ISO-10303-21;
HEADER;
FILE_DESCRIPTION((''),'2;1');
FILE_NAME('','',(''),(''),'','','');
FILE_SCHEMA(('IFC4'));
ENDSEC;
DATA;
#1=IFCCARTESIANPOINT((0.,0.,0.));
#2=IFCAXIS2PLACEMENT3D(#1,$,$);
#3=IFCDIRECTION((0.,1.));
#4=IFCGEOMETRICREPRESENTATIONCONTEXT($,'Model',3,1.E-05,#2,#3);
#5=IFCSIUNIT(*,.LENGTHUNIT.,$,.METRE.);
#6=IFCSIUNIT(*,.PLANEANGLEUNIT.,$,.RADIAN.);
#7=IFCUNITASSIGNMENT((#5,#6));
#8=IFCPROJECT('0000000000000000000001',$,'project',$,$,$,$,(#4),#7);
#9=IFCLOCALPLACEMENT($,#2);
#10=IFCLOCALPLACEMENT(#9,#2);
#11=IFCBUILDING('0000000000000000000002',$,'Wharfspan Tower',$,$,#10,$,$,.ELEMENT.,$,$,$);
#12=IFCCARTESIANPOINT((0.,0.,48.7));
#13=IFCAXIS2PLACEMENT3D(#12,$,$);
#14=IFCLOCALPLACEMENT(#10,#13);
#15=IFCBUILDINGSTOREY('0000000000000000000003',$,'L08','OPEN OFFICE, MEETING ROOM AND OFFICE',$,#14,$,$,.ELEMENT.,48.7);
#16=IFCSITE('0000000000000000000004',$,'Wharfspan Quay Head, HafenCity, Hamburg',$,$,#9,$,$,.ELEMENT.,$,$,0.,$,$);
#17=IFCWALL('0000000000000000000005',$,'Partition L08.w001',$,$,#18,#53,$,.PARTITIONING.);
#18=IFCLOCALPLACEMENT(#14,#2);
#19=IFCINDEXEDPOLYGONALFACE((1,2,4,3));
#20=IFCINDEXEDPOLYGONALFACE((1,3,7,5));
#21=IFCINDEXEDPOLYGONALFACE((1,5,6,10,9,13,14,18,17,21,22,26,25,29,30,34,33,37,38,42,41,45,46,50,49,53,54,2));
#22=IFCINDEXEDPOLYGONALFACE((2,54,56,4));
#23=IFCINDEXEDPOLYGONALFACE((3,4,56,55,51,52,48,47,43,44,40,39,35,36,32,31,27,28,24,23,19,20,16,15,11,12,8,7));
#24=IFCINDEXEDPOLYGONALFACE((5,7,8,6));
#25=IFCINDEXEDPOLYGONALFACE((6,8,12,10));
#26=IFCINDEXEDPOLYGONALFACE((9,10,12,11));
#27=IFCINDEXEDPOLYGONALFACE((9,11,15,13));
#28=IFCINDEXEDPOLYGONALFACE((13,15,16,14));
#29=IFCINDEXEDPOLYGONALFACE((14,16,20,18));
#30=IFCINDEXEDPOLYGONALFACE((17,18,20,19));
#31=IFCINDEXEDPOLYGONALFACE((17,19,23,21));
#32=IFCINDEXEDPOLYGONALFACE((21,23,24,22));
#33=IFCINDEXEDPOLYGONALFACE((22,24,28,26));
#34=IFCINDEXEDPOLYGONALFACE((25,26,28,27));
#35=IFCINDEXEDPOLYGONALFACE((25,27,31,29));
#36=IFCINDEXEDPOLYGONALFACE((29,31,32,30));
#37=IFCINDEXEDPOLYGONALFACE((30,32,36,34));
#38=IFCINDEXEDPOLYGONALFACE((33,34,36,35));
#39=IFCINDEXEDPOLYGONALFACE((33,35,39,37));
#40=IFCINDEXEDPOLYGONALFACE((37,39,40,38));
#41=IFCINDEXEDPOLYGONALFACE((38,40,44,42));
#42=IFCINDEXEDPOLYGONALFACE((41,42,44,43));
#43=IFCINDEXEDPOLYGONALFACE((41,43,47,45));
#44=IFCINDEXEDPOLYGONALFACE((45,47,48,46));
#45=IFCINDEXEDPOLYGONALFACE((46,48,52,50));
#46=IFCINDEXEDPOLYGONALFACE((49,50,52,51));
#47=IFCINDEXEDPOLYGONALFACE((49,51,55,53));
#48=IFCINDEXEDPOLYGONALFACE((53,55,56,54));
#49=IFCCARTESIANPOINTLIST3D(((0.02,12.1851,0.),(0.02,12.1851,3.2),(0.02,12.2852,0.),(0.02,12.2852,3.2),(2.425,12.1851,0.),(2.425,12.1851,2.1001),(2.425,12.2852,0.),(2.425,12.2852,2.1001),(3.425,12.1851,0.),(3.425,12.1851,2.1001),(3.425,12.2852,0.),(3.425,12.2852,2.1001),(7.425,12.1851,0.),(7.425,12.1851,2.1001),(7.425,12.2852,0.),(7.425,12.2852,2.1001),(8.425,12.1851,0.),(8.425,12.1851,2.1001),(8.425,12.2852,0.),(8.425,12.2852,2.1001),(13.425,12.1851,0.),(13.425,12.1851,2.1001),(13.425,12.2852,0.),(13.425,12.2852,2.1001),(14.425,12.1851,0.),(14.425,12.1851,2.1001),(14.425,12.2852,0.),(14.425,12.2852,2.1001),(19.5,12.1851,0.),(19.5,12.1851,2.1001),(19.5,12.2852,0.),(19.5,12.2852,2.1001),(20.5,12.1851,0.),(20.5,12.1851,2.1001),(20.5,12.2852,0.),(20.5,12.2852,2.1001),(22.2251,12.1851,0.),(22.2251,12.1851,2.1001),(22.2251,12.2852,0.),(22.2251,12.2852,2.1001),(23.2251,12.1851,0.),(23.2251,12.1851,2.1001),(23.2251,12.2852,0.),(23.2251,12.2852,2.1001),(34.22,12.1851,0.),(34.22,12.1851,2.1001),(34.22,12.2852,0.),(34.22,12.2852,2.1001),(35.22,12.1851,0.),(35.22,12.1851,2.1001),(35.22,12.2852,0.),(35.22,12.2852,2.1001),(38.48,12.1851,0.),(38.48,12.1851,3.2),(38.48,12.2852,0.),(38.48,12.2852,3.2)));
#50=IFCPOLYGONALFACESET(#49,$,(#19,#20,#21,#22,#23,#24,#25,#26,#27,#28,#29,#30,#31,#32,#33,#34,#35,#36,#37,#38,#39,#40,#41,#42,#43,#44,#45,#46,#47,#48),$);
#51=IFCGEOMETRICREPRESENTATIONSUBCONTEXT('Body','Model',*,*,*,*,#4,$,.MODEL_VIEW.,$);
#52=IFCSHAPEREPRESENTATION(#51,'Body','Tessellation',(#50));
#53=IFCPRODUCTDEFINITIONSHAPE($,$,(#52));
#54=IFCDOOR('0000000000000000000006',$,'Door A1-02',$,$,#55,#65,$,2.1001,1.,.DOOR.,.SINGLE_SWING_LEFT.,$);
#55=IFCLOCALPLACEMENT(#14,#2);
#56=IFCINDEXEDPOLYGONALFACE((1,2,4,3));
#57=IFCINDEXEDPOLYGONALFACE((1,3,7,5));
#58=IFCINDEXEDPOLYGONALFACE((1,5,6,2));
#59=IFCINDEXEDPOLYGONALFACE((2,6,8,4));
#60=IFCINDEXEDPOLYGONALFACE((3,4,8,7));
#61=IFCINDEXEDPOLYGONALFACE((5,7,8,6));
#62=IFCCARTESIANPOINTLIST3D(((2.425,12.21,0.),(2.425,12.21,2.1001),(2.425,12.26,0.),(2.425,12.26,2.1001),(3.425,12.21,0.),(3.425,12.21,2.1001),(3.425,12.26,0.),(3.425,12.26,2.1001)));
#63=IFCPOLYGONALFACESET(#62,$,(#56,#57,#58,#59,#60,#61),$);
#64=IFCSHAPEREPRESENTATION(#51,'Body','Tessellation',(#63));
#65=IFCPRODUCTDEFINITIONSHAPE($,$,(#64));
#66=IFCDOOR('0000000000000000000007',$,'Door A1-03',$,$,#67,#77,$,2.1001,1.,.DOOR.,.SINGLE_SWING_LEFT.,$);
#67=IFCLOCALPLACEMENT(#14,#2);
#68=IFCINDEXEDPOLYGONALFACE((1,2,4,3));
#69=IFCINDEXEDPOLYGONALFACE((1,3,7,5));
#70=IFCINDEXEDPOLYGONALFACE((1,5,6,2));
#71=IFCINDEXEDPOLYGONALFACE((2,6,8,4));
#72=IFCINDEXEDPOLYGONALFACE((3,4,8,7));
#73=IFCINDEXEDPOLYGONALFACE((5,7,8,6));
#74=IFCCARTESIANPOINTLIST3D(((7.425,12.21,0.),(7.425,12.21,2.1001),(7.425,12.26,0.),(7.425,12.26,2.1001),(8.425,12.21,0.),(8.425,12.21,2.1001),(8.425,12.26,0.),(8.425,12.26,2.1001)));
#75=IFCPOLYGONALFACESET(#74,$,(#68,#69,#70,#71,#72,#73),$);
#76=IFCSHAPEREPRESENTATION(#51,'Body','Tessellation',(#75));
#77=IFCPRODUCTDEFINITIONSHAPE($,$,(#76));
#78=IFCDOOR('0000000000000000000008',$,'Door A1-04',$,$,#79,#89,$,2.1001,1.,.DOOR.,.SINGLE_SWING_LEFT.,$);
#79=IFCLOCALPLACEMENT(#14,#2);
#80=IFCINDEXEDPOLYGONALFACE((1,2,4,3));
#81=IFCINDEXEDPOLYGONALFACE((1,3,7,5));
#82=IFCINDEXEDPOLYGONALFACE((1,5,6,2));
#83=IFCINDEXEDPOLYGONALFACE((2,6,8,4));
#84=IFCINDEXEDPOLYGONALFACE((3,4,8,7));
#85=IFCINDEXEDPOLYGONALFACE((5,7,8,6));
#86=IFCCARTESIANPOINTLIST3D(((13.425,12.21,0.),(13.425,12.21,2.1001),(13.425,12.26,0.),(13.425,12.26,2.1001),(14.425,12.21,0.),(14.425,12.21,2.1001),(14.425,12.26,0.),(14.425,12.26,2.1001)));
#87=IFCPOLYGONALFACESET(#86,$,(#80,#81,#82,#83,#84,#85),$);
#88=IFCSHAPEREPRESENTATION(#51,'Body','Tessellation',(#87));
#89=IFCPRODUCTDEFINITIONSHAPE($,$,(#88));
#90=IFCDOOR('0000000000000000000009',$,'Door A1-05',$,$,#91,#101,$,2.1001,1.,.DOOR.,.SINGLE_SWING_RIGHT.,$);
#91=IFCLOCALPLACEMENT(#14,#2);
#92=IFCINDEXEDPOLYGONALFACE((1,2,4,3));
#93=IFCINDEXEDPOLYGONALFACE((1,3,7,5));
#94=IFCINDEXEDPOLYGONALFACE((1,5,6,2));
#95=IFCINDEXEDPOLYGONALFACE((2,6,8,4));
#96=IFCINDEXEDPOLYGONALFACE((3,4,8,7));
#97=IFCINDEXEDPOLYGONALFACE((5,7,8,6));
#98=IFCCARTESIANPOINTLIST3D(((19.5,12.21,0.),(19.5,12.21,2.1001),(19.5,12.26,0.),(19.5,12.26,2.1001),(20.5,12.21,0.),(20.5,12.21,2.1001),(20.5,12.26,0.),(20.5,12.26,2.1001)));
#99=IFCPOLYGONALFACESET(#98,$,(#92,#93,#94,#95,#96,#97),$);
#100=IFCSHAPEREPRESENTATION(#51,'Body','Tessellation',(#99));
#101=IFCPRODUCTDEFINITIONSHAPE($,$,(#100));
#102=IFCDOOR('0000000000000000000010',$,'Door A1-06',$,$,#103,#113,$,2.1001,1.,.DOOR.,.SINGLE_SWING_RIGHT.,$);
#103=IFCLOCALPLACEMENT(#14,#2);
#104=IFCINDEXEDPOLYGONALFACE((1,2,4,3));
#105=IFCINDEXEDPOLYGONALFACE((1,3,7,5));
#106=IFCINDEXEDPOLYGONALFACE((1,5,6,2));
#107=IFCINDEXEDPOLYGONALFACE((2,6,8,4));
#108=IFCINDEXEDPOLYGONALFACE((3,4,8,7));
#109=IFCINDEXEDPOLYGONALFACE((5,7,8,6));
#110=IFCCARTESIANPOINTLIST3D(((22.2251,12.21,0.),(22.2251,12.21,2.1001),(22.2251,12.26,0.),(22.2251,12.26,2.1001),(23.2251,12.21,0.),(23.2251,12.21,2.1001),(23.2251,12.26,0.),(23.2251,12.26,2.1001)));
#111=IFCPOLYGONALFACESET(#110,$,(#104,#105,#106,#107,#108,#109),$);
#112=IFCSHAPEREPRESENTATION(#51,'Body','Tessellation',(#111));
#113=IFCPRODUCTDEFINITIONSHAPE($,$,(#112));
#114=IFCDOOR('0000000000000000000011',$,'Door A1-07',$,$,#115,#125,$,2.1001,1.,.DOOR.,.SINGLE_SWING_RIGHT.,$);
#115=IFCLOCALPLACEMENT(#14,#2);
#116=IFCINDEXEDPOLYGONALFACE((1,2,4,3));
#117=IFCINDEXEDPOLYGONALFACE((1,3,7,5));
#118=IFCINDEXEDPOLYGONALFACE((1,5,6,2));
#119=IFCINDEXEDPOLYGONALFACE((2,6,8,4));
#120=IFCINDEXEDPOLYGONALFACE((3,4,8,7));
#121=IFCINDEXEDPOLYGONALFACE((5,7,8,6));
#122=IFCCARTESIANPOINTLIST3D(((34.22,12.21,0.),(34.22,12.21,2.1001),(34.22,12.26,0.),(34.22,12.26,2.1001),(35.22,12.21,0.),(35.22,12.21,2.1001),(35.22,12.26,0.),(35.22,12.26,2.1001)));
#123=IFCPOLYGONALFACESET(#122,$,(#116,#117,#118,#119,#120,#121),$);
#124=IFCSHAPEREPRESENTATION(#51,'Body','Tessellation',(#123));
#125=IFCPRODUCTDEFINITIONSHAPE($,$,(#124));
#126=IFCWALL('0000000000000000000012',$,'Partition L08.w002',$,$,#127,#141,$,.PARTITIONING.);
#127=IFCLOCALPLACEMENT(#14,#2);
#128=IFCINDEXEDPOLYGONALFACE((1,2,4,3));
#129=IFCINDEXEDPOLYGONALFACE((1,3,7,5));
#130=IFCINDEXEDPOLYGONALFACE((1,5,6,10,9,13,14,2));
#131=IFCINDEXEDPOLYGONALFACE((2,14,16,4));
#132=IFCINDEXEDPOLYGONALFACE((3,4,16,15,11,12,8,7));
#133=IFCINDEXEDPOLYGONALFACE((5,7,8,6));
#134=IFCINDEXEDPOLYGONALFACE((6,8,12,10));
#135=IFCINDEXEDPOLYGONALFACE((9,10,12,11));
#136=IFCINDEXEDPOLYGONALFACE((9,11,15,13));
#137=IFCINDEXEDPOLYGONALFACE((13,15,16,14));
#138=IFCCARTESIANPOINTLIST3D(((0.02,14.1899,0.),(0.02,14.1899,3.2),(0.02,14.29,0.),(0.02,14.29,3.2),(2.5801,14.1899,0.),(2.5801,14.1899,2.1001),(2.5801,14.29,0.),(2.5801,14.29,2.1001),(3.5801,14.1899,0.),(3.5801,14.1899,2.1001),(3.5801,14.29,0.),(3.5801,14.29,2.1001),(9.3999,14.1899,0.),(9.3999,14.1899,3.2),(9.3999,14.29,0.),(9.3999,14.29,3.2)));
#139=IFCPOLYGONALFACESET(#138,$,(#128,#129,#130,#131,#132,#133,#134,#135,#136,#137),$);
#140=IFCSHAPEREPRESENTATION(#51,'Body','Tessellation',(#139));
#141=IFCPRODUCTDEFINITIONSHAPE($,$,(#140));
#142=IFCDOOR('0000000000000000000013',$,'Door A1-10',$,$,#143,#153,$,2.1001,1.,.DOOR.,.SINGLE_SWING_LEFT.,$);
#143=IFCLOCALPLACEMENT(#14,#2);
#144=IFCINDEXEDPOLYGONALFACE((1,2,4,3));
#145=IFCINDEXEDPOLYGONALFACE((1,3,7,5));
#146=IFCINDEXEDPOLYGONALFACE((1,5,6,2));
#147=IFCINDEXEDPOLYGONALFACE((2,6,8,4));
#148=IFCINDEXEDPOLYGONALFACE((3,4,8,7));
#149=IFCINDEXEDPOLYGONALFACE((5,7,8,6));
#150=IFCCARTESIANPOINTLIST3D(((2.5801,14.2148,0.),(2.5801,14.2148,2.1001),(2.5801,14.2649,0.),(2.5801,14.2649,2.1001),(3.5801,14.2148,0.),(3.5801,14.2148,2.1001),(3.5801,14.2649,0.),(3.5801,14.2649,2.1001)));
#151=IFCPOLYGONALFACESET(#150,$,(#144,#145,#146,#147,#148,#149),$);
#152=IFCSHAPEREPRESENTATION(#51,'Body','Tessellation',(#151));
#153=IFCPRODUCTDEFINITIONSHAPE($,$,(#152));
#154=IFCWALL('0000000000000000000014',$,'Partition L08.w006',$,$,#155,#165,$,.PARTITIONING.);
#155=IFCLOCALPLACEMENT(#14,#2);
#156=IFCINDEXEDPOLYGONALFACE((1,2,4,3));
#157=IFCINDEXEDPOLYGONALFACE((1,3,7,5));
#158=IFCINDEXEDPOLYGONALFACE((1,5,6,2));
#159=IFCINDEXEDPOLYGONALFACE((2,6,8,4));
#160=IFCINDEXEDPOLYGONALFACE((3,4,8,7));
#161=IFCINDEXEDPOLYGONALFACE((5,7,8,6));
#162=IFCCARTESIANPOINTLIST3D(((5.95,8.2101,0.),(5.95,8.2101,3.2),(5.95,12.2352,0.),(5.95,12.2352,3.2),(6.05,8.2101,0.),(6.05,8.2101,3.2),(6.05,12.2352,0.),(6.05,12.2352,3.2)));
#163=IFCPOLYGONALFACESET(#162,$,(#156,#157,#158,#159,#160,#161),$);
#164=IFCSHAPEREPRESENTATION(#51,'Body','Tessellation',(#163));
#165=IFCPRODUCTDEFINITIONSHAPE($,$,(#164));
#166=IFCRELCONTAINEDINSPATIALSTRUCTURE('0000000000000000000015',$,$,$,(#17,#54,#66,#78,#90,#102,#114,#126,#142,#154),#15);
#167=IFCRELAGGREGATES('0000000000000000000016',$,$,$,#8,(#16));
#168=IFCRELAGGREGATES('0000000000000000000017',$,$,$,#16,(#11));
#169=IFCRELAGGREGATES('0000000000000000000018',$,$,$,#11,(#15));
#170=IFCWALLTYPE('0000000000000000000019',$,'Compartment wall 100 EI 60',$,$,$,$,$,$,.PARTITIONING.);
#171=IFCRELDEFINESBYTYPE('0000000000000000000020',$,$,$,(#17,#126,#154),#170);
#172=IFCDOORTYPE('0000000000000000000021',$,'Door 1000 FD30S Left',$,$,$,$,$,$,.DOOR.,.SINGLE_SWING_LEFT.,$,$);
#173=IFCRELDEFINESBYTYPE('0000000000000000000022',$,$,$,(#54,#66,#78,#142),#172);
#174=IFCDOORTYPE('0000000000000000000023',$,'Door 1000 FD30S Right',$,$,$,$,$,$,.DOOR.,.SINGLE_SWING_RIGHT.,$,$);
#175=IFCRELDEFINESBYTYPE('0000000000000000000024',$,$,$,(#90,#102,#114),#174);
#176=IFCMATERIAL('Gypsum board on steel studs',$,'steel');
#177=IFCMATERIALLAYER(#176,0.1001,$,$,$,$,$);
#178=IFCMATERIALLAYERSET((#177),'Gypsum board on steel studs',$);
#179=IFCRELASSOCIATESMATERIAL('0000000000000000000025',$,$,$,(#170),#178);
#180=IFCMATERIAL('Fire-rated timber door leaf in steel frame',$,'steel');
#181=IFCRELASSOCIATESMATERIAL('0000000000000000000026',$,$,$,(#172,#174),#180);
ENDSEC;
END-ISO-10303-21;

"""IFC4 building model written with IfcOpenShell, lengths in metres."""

from ifc_helpers import new_model, si_unit, direction, frame, frame_2d, origin, place, context, subcontext, project, spatial, rectangle, extrude, material, layer, layer_set, type_object, element, fill, save


model = new_model("IFC4")

# Units and contexts
model_context = context("Model", 3, precision=1e-05, world=origin(), true_north=direction((0.0, 1.0)))
body_context = subcontext(model_context, "Body", "Model", "MODEL_VIEW")
ifc_project = project(units=[si_unit("LENGTHUNIT", "METRE"), si_unit("PLANEANGLEUNIT", "RADIAN")], contexts=[model_context])

# Site, building, storey
site_placement = place(None, origin())
site = spatial("IfcSite", under=ifc_project, at=site_placement, Name="Wharfspan Quay Head, HafenCity, Hamburg", CompositionType="ELEMENT", RefElevation=0.0)
building_placement = place(site_placement, origin())
building = spatial("IfcBuilding", under=site, at=building_placement, Name="Wharfspan Tower", CompositionType="ELEMENT")
storey_placement = place(building_placement, frame((0.0, 0.0, 48.7)))
storey = spatial("IfcBuildingStorey", under=building, at=storey_placement, Name="L08", Description="OPEN OFFICE, MEETING ROOM AND OFFICE", CompositionType="ELEMENT", Elevation=48.7)

# Wall, openings, doors
ifc_material_1 = material(Name="Gypsum board on steel studs", Category="steel")
ifc_layer_1 = layer(ifc_material_1, 0.1001)
ifc_layer_set_1 = layer_set([ifc_layer_1], Name="Gypsum board on steel studs")
wall_type_1 = type_object("IfcWallType", Name="Compartment wall 100 EI 60", PredefinedType="PARTITIONING", material=ifc_layer_set_1)
wall_1_placement = place(storey_placement, frame((0.02, 12.2351, 0.0), z_axis=(0.0, 0.0, 1.0), x_axis=(1.0, 0.0, 0.0)))
wall_1 = element("IfcWall", 1, at=wall_1_placement, inside=storey, type_object=wall_type_1, Name="Partition L08.w001", PredefinedType="PARTITIONING", context=body_context, shape_type="SweptSolid", body=[
    extrude(rectangle(XDim=38.46, YDim=0.1001, at=frame_2d((19.23, 0.0))), origin(), (0.0, 0.0, 1.0), 3.2),
])
opening_1_placement = place(wall_1_placement, frame((2.405, 0.0, 0.0)))
opening_1 = element("IfcOpeningElement", 2, at=opening_1_placement, cuts=wall_1, PredefinedType="OPENING", context=body_context, shape_type="SweptSolid", body=[
    extrude(rectangle(XDim=1.0, YDim=2.1001, at=frame_2d((0.5, 1.05))), frame((0.0, 0.0601, 0.0), z_axis=(0.0, -1.0, 0.0), x_axis=(1.0, 0.0, 0.0)), (0.0, 0.0, 1.0), 0.1201),
])
opening_2_placement = place(wall_1_placement, frame((7.405, 0.0, 0.0)))
opening_2 = element("IfcOpeningElement", 3, at=opening_2_placement, cuts=wall_1, PredefinedType="OPENING", context=body_context, shape_type="SweptSolid", body=[
    extrude(rectangle(XDim=1.0, YDim=2.1001, at=frame_2d((0.5, 1.05))), frame((0.0, 0.0601, 0.0), z_axis=(0.0, -1.0, 0.0), x_axis=(1.0, 0.0, 0.0)), (0.0, 0.0, 1.0), 0.1201),
])
opening_3_placement = place(wall_1_placement, frame((13.405, 0.0, 0.0)))
opening_3 = element("IfcOpeningElement", 4, at=opening_3_placement, cuts=wall_1, PredefinedType="OPENING", context=body_context, shape_type="SweptSolid", body=[
    extrude(rectangle(XDim=1.0, YDim=2.1001, at=frame_2d((0.5, 1.05))), frame((0.0, 0.0601, 0.0), z_axis=(0.0, -1.0, 0.0), x_axis=(1.0, 0.0, 0.0)), (0.0, 0.0, 1.0), 0.1201),
])
opening_4_placement = place(wall_1_placement, frame((19.48, 0.0, 0.0)))
opening_4 = element("IfcOpeningElement", 5, at=opening_4_placement, cuts=wall_1, PredefinedType="OPENING", context=body_context, shape_type="SweptSolid", body=[
    extrude(rectangle(XDim=1.0, YDim=2.1001, at=frame_2d((0.5, 1.05))), frame((0.0, 0.0601, 0.0), z_axis=(0.0, -1.0, 0.0), x_axis=(1.0, 0.0, 0.0)), (0.0, 0.0, 1.0), 0.1201),
])
opening_5_placement = place(wall_1_placement, frame((22.2051, 0.0, 0.0)))
opening_5 = element("IfcOpeningElement", 6, at=opening_5_placement, cuts=wall_1, PredefinedType="OPENING", context=body_context, shape_type="SweptSolid", body=[
    extrude(rectangle(XDim=1.0, YDim=2.1001, at=frame_2d((0.5, 1.05))), frame((0.0, 0.0601, 0.0), z_axis=(0.0, -1.0, 0.0), x_axis=(1.0, 0.0, 0.0)), (0.0, 0.0, 1.0), 0.1201),
])
opening_6_placement = place(wall_1_placement, frame((34.2, 0.0, 0.0)))
opening_6 = element("IfcOpeningElement", 7, at=opening_6_placement, cuts=wall_1, PredefinedType="OPENING", context=body_context, shape_type="SweptSolid", body=[
    extrude(rectangle(XDim=1.0, YDim=2.1001, at=frame_2d((0.5, 1.05))), frame((0.0, 0.0601, 0.0), z_axis=(0.0, -1.0, 0.0), x_axis=(1.0, 0.0, 0.0)), (0.0, 0.0, 1.0), 0.1201),
])
ifc_material_2 = material(Name="Fire-rated timber door leaf in steel frame", Category="steel")
door_type_1 = type_object("IfcDoorType", Name="Door 1000 FD30S Left", OperationType="SINGLE_SWING_LEFT", PredefinedType="DOOR", material=ifc_material_2)
door_1_placement = place(opening_1_placement, origin())
door_1 = element("IfcDoor", 8, at=door_1_placement, inside=storey, type_object=door_type_1, Name="Door A1-02", OperationType="SINGLE_SWING_LEFT", OverallHeight=2.1001, OverallWidth=1.0, PredefinedType="DOOR", context=body_context, shape_type="SweptSolid", body=[
    extrude(rectangle(XDim=1.0, YDim=2.1001, at=frame_2d((0.5, 1.05))), frame((0.0, 0.0249, 0.0), z_axis=(0.0, -1.0, 0.0), x_axis=(1.0, 0.0, 0.0)), (0.0, 0.0, 1.0), 0.05),
])
fill(opening_1, door_1)
door_2_placement = place(opening_2_placement, origin())
door_2 = element("IfcDoor", 9, at=door_2_placement, inside=storey, type_object=door_type_1, Name="Door A1-03", OperationType="SINGLE_SWING_LEFT", OverallHeight=2.1001, OverallWidth=1.0, PredefinedType="DOOR", context=body_context, shape_type="SweptSolid", body=[
    extrude(rectangle(XDim=1.0, YDim=2.1001, at=frame_2d((0.5, 1.05))), frame((0.0, 0.0249, 0.0), z_axis=(0.0, -1.0, 0.0), x_axis=(1.0, 0.0, 0.0)), (0.0, 0.0, 1.0), 0.05),
])
fill(opening_2, door_2)
door_3_placement = place(opening_3_placement, origin())
door_3 = element("IfcDoor", 10, at=door_3_placement, inside=storey, type_object=door_type_1, Name="Door A1-04", OperationType="SINGLE_SWING_LEFT", OverallHeight=2.1001, OverallWidth=1.0, PredefinedType="DOOR", context=body_context, shape_type="SweptSolid", body=[
    extrude(rectangle(XDim=1.0, YDim=2.1001, at=frame_2d((0.5, 1.05))), frame((0.0, 0.0249, 0.0), z_axis=(0.0, -1.0, 0.0), x_axis=(1.0, 0.0, 0.0)), (0.0, 0.0, 1.0), 0.05),
])
fill(opening_3, door_3)
door_type_2 = type_object("IfcDoorType", Name="Door 1000 FD30S Right", OperationType="SINGLE_SWING_RIGHT", PredefinedType="DOOR", material=ifc_material_2)
door_4_placement = place(opening_4_placement, origin())
door_4 = element("IfcDoor", 11, at=door_4_placement, inside=storey, type_object=door_type_2, Name="Door A1-05", OperationType="SINGLE_SWING_RIGHT", OverallHeight=2.1001, OverallWidth=1.0, PredefinedType="DOOR", context=body_context, shape_type="SweptSolid", body=[
    extrude(rectangle(XDim=1.0, YDim=2.1001, at=frame_2d((0.5, 1.05))), frame((0.0, 0.0249, 0.0), z_axis=(0.0, -1.0, 0.0), x_axis=(1.0, 0.0, 0.0)), (0.0, 0.0, 1.0), 0.05),
])
fill(opening_4, door_4)
door_5_placement = place(opening_5_placement, origin())
door_5 = element("IfcDoor", 12, at=door_5_placement, inside=storey, type_object=door_type_2, Name="Door A1-06", OperationType="SINGLE_SWING_RIGHT", OverallHeight=2.1001, OverallWidth=1.0, PredefinedType="DOOR", context=body_context, shape_type="SweptSolid", body=[
    extrude(rectangle(XDim=1.0, YDim=2.1001, at=frame_2d((0.5, 1.05))), frame((0.0, 0.0249, 0.0), z_axis=(0.0, -1.0, 0.0), x_axis=(1.0, 0.0, 0.0)), (0.0, 0.0, 1.0), 0.05),
])
fill(opening_5, door_5)
door_6_placement = place(opening_6_placement, origin())
door_6 = element("IfcDoor", 13, at=door_6_placement, inside=storey, type_object=door_type_2, Name="Door A1-07", OperationType="SINGLE_SWING_RIGHT", OverallHeight=2.1001, OverallWidth=1.0, PredefinedType="DOOR", context=body_context, shape_type="SweptSolid", body=[
    extrude(rectangle(XDim=1.0, YDim=2.1001, at=frame_2d((0.5, 1.05))), frame((0.0, 0.0249, 0.0), z_axis=(0.0, -1.0, 0.0), x_axis=(1.0, 0.0, 0.0)), (0.0, 0.0, 1.0), 0.05),
])
fill(opening_6, door_6)

# Wall, opening, door
wall_2_placement = place(storey_placement, frame((0.02, 14.24, 0.0), z_axis=(0.0, 0.0, 1.0), x_axis=(1.0, 0.0, 0.0)))
wall_2 = element("IfcWall", 14, at=wall_2_placement, inside=storey, type_object=wall_type_1, Name="Partition L08.w002", PredefinedType="PARTITIONING", context=body_context, shape_type="SweptSolid", body=[
    extrude(rectangle(XDim=9.3799, YDim=0.1001, at=frame_2d((4.6899, 0.0))), origin(), (0.0, 0.0, 1.0), 3.2),
])
opening_7_placement = place(wall_2_placement, frame((2.5601, 0.0, 0.0)))
opening_7 = element("IfcOpeningElement", 15, at=opening_7_placement, cuts=wall_2, PredefinedType="OPENING", context=body_context, shape_type="SweptSolid", body=[
    extrude(rectangle(XDim=1.0, YDim=2.1001, at=frame_2d((0.5, 1.05))), frame((0.0, 0.0601, 0.0), z_axis=(0.0, -1.0, 0.0), x_axis=(1.0, 0.0, 0.0)), (0.0, 0.0, 1.0), 0.1201),
])
door_7_placement = place(opening_7_placement, origin())
door_7 = element("IfcDoor", 16, at=door_7_placement, inside=storey, type_object=door_type_1, Name="Door A1-10", OperationType="SINGLE_SWING_LEFT", OverallHeight=2.1001, OverallWidth=1.0, PredefinedType="DOOR", context=body_context, shape_type="SweptSolid", body=[
    extrude(rectangle(XDim=1.0, YDim=2.1001, at=frame_2d((0.5, 1.05))), frame((0.0, 0.0249, 0.0), z_axis=(0.0, -1.0, 0.0), x_axis=(1.0, 0.0, 0.0)), (0.0, 0.0, 1.0), 0.05),
])
fill(opening_7, door_7)

# Wall
wall_3_placement = place(storey_placement, frame((6.0, 8.21, 0.0), z_axis=(0.0, 0.0, 1.0), x_axis=(0.0, 1.0, 0.0)))
element("IfcWall", 17, at=wall_3_placement, inside=storey, type_object=wall_type_1, Name="Partition L08.w006", PredefinedType="PARTITIONING", context=body_context, shape_type="SweptSolid", body=[
    extrude(rectangle(XDim=4.0251, YDim=0.1001, at=frame_2d((2.0127, 0.0))), origin(), (0.0, 0.0, 1.0), 3.2),
])

save(model, "model.ifc")
